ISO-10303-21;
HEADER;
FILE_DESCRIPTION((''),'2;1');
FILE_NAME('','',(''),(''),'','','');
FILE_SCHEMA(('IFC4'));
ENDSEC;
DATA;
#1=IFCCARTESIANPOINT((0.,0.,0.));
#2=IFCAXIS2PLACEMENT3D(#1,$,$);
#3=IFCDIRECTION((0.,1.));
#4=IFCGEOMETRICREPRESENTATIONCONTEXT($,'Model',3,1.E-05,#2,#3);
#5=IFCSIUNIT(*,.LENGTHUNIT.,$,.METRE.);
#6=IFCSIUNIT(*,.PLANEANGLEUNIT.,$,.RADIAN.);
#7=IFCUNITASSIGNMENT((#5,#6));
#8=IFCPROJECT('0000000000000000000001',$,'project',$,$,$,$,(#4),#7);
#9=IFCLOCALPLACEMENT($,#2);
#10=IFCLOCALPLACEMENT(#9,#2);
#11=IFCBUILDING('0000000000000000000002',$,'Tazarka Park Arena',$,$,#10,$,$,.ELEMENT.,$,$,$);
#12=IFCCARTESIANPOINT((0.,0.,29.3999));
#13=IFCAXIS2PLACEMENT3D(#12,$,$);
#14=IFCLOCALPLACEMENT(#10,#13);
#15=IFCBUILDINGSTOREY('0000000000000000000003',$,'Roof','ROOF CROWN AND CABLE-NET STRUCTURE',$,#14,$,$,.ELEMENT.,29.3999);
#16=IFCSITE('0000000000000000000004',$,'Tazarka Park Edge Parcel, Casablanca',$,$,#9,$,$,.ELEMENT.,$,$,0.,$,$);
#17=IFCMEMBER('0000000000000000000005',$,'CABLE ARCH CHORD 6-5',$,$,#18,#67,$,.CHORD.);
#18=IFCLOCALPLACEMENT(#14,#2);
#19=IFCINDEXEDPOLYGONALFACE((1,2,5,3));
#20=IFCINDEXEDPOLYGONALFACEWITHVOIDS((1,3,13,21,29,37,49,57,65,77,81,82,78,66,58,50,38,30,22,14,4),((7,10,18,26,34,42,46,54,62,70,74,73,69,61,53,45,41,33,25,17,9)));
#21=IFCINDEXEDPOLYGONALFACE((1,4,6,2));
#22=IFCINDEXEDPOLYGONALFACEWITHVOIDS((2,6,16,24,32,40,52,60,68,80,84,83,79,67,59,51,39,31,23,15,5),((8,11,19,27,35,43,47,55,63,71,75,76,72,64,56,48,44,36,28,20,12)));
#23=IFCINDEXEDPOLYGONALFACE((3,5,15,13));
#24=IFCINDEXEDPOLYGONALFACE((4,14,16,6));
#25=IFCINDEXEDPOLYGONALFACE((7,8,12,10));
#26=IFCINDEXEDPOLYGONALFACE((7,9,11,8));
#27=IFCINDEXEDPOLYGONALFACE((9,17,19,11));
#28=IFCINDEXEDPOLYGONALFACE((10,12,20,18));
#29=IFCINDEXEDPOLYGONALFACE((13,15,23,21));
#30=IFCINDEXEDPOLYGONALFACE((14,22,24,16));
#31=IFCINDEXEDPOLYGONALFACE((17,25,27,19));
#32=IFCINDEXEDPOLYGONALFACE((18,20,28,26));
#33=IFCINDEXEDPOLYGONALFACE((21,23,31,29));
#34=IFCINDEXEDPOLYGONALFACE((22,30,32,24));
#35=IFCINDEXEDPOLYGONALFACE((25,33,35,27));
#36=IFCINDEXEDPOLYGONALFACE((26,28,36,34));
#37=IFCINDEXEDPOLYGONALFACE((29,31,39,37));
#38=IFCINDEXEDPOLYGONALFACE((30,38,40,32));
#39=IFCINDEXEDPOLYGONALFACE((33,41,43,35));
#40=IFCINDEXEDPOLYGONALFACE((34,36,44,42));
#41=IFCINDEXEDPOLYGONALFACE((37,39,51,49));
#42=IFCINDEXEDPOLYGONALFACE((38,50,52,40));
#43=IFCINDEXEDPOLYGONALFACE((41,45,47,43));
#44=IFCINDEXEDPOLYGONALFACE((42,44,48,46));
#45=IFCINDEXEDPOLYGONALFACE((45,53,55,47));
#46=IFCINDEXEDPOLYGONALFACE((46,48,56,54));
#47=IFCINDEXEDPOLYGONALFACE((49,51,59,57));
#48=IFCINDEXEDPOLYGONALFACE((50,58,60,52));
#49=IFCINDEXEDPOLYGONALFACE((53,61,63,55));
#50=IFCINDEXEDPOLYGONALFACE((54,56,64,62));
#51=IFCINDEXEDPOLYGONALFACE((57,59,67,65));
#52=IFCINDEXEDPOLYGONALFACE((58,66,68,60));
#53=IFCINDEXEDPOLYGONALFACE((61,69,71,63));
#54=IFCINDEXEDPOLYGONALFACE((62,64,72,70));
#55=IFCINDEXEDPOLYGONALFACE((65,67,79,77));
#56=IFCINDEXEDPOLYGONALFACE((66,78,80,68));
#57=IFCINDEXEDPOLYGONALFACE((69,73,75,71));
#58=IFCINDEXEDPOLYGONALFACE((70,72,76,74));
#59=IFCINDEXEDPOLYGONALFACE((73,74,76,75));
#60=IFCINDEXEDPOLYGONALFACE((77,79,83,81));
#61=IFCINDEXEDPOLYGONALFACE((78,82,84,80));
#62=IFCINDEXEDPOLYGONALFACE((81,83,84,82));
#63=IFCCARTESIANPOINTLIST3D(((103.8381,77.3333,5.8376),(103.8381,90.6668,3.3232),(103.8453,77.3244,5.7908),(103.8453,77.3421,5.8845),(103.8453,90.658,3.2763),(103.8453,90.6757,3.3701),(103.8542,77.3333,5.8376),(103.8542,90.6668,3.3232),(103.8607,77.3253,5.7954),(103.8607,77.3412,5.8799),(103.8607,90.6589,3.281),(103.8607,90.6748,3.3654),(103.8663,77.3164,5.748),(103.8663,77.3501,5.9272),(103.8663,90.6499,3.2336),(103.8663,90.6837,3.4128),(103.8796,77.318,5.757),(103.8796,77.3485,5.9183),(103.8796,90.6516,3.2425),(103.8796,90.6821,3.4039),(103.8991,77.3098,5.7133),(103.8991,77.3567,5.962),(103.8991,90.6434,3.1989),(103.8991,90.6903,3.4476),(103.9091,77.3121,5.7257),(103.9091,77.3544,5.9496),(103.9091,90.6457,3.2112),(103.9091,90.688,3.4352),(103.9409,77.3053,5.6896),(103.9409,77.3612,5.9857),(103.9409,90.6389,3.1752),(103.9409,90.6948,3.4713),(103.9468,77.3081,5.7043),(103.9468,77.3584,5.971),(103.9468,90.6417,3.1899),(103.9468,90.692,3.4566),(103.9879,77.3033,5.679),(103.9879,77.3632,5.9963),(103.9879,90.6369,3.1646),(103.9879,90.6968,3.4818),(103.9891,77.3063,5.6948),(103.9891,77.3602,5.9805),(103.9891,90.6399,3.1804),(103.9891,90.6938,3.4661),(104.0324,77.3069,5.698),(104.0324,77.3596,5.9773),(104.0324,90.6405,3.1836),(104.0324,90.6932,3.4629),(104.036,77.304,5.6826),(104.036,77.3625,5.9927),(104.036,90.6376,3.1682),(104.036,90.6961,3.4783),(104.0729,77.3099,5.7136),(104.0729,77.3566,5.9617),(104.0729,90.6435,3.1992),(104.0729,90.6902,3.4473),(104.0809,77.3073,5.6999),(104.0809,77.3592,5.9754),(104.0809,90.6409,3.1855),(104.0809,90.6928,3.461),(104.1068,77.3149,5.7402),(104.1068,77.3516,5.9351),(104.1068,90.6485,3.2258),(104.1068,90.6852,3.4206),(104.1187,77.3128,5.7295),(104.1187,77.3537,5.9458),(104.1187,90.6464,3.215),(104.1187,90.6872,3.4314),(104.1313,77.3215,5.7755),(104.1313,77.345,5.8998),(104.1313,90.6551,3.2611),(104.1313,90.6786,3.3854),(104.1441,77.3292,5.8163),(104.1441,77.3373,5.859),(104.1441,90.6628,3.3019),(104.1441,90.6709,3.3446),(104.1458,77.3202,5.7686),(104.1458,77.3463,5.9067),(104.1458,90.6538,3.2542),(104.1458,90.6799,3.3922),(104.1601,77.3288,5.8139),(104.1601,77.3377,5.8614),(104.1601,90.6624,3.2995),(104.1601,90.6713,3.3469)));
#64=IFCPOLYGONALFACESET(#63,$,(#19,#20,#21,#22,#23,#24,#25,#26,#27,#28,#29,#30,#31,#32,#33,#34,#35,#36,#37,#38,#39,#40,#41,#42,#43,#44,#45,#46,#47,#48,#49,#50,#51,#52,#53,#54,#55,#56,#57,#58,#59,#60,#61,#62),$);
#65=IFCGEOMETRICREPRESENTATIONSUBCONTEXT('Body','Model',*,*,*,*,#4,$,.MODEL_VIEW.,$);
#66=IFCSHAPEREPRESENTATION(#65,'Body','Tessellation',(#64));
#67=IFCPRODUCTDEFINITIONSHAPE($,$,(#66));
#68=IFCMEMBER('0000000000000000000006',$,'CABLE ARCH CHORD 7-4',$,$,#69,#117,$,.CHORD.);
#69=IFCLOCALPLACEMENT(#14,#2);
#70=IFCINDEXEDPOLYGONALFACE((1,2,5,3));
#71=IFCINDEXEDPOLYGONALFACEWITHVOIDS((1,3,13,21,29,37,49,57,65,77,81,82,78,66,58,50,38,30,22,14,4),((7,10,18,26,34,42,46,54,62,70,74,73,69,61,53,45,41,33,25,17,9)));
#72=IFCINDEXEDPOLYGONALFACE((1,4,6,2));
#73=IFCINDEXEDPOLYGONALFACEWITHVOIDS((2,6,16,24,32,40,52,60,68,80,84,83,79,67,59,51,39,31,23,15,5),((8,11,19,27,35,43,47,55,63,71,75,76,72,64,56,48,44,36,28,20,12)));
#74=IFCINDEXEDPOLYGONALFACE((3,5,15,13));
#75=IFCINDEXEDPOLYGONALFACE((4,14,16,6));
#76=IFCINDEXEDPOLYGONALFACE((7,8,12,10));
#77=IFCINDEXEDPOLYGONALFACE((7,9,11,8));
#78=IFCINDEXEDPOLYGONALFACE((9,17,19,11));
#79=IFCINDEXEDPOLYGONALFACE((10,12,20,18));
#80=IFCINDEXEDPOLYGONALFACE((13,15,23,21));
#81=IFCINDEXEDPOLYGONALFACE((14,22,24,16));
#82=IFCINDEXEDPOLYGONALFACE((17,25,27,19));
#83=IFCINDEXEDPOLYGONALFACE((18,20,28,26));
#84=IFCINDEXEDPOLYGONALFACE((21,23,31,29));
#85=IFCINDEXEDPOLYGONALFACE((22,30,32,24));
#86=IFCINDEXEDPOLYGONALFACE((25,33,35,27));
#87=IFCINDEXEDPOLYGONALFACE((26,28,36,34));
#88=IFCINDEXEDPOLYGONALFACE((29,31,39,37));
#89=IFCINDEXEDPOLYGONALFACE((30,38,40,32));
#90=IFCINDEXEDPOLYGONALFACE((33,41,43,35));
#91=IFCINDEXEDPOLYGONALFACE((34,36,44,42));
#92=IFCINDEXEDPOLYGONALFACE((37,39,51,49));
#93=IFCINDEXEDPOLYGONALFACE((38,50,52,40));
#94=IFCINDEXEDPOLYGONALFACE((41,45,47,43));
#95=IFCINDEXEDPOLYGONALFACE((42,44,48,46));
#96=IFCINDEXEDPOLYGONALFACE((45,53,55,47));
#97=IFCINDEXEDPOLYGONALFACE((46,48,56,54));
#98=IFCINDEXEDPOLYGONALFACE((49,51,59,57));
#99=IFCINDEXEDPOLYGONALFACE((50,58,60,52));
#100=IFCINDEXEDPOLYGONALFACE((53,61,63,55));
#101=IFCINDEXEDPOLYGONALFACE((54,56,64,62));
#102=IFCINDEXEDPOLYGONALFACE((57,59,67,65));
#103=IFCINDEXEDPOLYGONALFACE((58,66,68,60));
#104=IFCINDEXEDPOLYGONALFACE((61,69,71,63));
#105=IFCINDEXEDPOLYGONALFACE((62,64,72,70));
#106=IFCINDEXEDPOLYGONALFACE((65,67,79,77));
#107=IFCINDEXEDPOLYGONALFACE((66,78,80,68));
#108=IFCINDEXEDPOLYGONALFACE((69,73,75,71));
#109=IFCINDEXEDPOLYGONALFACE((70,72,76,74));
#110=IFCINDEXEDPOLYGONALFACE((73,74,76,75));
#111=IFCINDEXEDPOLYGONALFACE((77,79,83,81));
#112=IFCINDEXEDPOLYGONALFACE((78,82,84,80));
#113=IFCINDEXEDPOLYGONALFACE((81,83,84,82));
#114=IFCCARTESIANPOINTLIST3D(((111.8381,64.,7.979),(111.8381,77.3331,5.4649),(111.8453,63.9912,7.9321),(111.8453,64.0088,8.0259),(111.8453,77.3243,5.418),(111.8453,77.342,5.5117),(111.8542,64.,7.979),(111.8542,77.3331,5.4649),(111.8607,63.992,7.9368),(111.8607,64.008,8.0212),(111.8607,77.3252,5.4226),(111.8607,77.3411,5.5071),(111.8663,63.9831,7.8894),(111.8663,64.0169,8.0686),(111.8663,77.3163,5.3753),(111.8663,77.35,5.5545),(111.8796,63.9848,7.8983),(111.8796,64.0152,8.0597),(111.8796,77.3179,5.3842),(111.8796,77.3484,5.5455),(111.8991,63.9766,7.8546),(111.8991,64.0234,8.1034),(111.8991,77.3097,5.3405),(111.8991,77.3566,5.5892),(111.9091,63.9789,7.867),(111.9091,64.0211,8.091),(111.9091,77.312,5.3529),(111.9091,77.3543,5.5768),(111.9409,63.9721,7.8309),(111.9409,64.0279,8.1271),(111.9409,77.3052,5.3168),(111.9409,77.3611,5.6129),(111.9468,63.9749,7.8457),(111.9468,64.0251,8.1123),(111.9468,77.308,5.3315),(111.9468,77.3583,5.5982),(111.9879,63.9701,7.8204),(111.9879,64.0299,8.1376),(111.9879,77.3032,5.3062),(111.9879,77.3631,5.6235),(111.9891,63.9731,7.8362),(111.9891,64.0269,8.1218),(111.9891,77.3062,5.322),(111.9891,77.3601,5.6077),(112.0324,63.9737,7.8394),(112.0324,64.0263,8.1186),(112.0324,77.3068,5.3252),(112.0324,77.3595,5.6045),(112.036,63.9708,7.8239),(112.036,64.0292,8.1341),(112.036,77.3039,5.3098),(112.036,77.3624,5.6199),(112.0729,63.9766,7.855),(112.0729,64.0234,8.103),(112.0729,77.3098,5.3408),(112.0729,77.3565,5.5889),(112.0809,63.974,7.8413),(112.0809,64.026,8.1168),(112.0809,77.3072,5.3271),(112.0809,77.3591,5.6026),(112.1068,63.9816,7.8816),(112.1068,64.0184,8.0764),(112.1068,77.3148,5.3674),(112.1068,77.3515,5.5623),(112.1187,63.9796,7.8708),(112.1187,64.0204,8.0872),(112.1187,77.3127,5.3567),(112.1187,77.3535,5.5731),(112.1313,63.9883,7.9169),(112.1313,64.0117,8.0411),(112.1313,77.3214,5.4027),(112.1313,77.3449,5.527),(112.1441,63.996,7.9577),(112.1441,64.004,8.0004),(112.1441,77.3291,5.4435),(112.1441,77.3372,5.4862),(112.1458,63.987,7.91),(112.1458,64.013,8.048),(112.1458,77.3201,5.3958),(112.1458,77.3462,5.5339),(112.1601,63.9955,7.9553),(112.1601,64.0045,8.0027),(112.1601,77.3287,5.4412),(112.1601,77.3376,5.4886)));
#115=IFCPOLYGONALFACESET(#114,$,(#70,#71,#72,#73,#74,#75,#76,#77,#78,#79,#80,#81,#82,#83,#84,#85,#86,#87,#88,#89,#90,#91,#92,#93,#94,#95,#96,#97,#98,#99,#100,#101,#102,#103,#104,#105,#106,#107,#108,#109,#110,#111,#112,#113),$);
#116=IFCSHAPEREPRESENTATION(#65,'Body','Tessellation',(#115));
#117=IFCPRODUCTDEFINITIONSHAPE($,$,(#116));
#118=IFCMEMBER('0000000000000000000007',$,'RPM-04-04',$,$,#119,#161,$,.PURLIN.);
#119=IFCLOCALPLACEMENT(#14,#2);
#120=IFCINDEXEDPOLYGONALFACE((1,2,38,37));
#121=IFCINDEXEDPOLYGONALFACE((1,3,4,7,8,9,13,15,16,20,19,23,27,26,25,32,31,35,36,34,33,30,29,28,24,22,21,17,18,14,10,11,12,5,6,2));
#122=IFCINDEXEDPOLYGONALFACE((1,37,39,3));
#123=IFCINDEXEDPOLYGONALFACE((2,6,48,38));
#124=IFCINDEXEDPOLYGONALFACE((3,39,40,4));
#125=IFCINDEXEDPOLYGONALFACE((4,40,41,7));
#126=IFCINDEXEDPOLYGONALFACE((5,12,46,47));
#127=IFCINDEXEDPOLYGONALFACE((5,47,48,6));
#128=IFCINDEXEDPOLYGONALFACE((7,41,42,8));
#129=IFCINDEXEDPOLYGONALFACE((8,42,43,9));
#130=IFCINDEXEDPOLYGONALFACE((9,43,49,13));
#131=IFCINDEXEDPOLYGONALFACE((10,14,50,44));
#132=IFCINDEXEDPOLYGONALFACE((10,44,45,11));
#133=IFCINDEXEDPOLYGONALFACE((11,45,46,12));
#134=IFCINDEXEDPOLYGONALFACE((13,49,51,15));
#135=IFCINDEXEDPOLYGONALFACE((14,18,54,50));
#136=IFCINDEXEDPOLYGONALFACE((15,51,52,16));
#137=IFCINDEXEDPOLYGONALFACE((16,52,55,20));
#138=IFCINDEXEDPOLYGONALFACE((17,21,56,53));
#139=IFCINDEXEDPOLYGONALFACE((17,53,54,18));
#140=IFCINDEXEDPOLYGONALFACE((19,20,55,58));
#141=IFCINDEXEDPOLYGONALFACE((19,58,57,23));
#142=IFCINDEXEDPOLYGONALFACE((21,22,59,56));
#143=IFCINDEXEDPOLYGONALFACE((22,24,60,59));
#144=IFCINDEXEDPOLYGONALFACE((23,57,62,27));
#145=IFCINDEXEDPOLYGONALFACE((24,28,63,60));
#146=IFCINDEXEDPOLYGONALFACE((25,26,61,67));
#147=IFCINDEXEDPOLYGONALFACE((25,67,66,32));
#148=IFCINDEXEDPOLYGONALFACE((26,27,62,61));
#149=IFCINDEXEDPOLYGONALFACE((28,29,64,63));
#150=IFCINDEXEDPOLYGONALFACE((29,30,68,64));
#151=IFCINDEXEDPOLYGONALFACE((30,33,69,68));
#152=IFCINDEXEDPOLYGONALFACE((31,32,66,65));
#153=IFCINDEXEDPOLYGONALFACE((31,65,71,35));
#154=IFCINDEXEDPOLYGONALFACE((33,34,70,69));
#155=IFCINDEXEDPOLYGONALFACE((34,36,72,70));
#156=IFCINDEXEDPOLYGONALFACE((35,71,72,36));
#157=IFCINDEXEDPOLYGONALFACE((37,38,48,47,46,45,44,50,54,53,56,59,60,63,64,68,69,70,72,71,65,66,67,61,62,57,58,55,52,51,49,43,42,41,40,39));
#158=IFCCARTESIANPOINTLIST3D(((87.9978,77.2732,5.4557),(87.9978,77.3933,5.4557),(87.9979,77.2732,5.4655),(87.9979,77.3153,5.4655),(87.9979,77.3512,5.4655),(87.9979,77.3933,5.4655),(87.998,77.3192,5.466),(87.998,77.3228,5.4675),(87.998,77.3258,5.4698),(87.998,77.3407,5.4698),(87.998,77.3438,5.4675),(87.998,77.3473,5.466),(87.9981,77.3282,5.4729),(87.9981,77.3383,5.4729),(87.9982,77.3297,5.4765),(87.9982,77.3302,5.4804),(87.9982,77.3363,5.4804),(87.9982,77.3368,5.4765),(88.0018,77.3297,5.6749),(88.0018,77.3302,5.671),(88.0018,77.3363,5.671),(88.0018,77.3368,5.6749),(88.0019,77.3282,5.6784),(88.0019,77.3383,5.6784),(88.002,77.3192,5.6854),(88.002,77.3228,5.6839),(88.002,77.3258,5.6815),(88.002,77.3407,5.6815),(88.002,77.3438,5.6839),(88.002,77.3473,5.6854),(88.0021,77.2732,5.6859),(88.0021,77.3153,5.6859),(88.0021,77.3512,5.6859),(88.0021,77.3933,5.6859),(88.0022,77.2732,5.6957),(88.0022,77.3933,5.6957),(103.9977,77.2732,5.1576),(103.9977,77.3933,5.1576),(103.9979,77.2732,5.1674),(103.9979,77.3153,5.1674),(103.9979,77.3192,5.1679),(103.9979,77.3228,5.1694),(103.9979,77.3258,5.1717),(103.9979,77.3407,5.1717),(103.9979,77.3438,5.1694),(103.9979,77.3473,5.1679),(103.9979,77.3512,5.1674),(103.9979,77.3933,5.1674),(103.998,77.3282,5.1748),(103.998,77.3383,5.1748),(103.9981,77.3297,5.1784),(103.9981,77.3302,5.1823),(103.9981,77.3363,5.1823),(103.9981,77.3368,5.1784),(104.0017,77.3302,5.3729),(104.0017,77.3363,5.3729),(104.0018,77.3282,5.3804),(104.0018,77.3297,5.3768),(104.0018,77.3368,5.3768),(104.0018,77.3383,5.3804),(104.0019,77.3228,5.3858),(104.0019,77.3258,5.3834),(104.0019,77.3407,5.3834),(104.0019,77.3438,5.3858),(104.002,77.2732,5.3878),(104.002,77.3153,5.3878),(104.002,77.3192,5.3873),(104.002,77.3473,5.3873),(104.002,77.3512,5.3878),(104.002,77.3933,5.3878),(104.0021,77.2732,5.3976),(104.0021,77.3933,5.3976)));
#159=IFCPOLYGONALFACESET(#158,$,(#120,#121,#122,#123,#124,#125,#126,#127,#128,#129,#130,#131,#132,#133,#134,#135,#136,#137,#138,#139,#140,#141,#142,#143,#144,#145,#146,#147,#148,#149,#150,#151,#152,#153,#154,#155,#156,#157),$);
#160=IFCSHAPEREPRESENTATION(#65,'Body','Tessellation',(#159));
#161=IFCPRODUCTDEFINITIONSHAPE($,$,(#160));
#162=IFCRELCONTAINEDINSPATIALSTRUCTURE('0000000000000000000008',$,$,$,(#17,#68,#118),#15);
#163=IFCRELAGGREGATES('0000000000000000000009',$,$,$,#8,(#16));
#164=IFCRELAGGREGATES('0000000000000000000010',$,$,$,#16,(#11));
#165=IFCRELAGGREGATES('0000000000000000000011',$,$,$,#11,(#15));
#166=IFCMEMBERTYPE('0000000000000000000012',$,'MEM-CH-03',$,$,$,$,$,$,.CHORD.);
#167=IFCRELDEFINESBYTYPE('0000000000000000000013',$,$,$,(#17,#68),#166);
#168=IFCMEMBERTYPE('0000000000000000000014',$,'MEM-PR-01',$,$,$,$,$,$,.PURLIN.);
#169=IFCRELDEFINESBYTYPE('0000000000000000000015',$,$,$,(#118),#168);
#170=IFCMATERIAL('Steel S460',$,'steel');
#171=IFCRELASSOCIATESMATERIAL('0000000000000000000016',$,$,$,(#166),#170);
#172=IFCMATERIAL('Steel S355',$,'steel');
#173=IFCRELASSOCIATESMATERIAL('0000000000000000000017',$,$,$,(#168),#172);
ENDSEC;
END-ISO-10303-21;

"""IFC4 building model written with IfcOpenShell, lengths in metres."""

from ifc_helpers import new_model, si_unit, direction, frame, origin, origin_2d, place, context, subcontext, project, spatial, hollow_circle, i_section, extrude, material, material_profile, profile_set, type_object, element, save


model = new_model("IFC4")

# Units and contexts
model_context = context("Model", 3, precision=1e-05, world=origin(), true_north=direction((0.0, 1.0)))
body_context = subcontext(model_context, "Body", "Model", "MODEL_VIEW")
ifc_project = project(units=[si_unit("LENGTHUNIT", "METRE"), si_unit("PLANEANGLEUNIT", "RADIAN")], contexts=[model_context])

# Site, building, storey
site_placement = place(None, origin())
site = spatial("IfcSite", under=ifc_project, at=site_placement, Name="Tazarka Park Edge Parcel, Casablanca", CompositionType="ELEMENT", RefElevation=0.0)
building_placement = place(site_placement, origin())
building = spatial("IfcBuilding", under=site, at=building_placement, Name="Tazarka Park Arena", CompositionType="ELEMENT")
storey_placement = place(building_placement, frame((0.0, 0.0, 29.3999)))
storey = spatial("IfcBuildingStorey", under=building, at=storey_placement, Name="Roof", Description="ROOF CROWN AND CABLE-NET STRUCTURE", CompositionType="ELEMENT", Elevation=29.3999)

# Members
ifc_material_1 = material(Name="Steel S460", Category="steel")
ifc_material_profile_1 = material_profile(ifc_material_1, hollow_circle(Radius=0.1619, WallThickness=0.0161, at=origin_2d()), Name="Steel S460")
ifc_profile_set_1 = profile_set([ifc_material_profile_1], Name="Steel S460")
member_type_1 = type_object("IfcMemberType", Name="MEM-CH-03", PredefinedType="CHORD", material=ifc_profile_set_1)
member_1_placement = place(storey_placement, frame((104.0, 77.3333, 5.8376), z_axis=(0.0, 0.98268, -0.185312), x_axis=(-1.0, 0.0, 0.0)))
element("IfcMember", 1, at=member_1_placement, inside=storey, type_object=member_type_1, Name="CABLE ARCH CHORD 6-5", PredefinedType="CHORD", context=body_context, shape_type="SweptSolid", body=[
    extrude(hollow_circle(Radius=0.1619, WallThickness=0.0161, at=origin_2d()), origin(), (0.0, 0.0, 1.0), 13.5686),
])
member_2_placement = place(storey_placement, frame((112.0, 64.0, 7.979), z_axis=(0.0, 0.982682, -0.185298), x_axis=(-1.0, 0.0, 0.0)))
element("IfcMember", 2, at=member_2_placement, inside=storey, type_object=member_type_1, Name="CABLE ARCH CHORD 7-4", PredefinedType="CHORD", context=body_context, shape_type="SweptSolid", body=[
    extrude(hollow_circle(Radius=0.1619, WallThickness=0.0161, at=origin_2d()), origin(), (0.0, 0.0, 1.0), 13.5681),
])
ifc_material_2 = material(Name="Steel S355", Category="steel")
ifc_material_profile_2 = material_profile(ifc_material_2, i_section(OverallWidth=0.1201, OverallDepth=0.24, WebThickness=0.0061, FlangeThickness=0.0098, FilletRadius=0.0149, at=origin_2d()), Name="Steel S355")
ifc_profile_set_2 = profile_set([ifc_material_profile_2], Name="Steel S355")
member_type_2 = type_object("IfcMemberType", Name="MEM-PR-01", PredefinedType="PURLIN", material=ifc_profile_set_2)
member_3_placement = place(storey_placement, frame((88.0, 77.3333, 5.5757), z_axis=(0.999826, 0.0, -0.018628), x_axis=(0.0, 1.0, 0.0)))
element("IfcMember", 3, at=member_3_placement, inside=storey, type_object=member_type_2, Name="RPM-04-04", PredefinedType="PURLIN", context=body_context, shape_type="SweptSolid", body=[
    extrude(i_section(OverallWidth=0.1201, OverallDepth=0.24, WebThickness=0.0061, FlangeThickness=0.0098, FilletRadius=0.0149, at=origin_2d()), origin(), (0.0, 0.0, 1.0), 16.0027),
])

save(model, "model.ifc")
